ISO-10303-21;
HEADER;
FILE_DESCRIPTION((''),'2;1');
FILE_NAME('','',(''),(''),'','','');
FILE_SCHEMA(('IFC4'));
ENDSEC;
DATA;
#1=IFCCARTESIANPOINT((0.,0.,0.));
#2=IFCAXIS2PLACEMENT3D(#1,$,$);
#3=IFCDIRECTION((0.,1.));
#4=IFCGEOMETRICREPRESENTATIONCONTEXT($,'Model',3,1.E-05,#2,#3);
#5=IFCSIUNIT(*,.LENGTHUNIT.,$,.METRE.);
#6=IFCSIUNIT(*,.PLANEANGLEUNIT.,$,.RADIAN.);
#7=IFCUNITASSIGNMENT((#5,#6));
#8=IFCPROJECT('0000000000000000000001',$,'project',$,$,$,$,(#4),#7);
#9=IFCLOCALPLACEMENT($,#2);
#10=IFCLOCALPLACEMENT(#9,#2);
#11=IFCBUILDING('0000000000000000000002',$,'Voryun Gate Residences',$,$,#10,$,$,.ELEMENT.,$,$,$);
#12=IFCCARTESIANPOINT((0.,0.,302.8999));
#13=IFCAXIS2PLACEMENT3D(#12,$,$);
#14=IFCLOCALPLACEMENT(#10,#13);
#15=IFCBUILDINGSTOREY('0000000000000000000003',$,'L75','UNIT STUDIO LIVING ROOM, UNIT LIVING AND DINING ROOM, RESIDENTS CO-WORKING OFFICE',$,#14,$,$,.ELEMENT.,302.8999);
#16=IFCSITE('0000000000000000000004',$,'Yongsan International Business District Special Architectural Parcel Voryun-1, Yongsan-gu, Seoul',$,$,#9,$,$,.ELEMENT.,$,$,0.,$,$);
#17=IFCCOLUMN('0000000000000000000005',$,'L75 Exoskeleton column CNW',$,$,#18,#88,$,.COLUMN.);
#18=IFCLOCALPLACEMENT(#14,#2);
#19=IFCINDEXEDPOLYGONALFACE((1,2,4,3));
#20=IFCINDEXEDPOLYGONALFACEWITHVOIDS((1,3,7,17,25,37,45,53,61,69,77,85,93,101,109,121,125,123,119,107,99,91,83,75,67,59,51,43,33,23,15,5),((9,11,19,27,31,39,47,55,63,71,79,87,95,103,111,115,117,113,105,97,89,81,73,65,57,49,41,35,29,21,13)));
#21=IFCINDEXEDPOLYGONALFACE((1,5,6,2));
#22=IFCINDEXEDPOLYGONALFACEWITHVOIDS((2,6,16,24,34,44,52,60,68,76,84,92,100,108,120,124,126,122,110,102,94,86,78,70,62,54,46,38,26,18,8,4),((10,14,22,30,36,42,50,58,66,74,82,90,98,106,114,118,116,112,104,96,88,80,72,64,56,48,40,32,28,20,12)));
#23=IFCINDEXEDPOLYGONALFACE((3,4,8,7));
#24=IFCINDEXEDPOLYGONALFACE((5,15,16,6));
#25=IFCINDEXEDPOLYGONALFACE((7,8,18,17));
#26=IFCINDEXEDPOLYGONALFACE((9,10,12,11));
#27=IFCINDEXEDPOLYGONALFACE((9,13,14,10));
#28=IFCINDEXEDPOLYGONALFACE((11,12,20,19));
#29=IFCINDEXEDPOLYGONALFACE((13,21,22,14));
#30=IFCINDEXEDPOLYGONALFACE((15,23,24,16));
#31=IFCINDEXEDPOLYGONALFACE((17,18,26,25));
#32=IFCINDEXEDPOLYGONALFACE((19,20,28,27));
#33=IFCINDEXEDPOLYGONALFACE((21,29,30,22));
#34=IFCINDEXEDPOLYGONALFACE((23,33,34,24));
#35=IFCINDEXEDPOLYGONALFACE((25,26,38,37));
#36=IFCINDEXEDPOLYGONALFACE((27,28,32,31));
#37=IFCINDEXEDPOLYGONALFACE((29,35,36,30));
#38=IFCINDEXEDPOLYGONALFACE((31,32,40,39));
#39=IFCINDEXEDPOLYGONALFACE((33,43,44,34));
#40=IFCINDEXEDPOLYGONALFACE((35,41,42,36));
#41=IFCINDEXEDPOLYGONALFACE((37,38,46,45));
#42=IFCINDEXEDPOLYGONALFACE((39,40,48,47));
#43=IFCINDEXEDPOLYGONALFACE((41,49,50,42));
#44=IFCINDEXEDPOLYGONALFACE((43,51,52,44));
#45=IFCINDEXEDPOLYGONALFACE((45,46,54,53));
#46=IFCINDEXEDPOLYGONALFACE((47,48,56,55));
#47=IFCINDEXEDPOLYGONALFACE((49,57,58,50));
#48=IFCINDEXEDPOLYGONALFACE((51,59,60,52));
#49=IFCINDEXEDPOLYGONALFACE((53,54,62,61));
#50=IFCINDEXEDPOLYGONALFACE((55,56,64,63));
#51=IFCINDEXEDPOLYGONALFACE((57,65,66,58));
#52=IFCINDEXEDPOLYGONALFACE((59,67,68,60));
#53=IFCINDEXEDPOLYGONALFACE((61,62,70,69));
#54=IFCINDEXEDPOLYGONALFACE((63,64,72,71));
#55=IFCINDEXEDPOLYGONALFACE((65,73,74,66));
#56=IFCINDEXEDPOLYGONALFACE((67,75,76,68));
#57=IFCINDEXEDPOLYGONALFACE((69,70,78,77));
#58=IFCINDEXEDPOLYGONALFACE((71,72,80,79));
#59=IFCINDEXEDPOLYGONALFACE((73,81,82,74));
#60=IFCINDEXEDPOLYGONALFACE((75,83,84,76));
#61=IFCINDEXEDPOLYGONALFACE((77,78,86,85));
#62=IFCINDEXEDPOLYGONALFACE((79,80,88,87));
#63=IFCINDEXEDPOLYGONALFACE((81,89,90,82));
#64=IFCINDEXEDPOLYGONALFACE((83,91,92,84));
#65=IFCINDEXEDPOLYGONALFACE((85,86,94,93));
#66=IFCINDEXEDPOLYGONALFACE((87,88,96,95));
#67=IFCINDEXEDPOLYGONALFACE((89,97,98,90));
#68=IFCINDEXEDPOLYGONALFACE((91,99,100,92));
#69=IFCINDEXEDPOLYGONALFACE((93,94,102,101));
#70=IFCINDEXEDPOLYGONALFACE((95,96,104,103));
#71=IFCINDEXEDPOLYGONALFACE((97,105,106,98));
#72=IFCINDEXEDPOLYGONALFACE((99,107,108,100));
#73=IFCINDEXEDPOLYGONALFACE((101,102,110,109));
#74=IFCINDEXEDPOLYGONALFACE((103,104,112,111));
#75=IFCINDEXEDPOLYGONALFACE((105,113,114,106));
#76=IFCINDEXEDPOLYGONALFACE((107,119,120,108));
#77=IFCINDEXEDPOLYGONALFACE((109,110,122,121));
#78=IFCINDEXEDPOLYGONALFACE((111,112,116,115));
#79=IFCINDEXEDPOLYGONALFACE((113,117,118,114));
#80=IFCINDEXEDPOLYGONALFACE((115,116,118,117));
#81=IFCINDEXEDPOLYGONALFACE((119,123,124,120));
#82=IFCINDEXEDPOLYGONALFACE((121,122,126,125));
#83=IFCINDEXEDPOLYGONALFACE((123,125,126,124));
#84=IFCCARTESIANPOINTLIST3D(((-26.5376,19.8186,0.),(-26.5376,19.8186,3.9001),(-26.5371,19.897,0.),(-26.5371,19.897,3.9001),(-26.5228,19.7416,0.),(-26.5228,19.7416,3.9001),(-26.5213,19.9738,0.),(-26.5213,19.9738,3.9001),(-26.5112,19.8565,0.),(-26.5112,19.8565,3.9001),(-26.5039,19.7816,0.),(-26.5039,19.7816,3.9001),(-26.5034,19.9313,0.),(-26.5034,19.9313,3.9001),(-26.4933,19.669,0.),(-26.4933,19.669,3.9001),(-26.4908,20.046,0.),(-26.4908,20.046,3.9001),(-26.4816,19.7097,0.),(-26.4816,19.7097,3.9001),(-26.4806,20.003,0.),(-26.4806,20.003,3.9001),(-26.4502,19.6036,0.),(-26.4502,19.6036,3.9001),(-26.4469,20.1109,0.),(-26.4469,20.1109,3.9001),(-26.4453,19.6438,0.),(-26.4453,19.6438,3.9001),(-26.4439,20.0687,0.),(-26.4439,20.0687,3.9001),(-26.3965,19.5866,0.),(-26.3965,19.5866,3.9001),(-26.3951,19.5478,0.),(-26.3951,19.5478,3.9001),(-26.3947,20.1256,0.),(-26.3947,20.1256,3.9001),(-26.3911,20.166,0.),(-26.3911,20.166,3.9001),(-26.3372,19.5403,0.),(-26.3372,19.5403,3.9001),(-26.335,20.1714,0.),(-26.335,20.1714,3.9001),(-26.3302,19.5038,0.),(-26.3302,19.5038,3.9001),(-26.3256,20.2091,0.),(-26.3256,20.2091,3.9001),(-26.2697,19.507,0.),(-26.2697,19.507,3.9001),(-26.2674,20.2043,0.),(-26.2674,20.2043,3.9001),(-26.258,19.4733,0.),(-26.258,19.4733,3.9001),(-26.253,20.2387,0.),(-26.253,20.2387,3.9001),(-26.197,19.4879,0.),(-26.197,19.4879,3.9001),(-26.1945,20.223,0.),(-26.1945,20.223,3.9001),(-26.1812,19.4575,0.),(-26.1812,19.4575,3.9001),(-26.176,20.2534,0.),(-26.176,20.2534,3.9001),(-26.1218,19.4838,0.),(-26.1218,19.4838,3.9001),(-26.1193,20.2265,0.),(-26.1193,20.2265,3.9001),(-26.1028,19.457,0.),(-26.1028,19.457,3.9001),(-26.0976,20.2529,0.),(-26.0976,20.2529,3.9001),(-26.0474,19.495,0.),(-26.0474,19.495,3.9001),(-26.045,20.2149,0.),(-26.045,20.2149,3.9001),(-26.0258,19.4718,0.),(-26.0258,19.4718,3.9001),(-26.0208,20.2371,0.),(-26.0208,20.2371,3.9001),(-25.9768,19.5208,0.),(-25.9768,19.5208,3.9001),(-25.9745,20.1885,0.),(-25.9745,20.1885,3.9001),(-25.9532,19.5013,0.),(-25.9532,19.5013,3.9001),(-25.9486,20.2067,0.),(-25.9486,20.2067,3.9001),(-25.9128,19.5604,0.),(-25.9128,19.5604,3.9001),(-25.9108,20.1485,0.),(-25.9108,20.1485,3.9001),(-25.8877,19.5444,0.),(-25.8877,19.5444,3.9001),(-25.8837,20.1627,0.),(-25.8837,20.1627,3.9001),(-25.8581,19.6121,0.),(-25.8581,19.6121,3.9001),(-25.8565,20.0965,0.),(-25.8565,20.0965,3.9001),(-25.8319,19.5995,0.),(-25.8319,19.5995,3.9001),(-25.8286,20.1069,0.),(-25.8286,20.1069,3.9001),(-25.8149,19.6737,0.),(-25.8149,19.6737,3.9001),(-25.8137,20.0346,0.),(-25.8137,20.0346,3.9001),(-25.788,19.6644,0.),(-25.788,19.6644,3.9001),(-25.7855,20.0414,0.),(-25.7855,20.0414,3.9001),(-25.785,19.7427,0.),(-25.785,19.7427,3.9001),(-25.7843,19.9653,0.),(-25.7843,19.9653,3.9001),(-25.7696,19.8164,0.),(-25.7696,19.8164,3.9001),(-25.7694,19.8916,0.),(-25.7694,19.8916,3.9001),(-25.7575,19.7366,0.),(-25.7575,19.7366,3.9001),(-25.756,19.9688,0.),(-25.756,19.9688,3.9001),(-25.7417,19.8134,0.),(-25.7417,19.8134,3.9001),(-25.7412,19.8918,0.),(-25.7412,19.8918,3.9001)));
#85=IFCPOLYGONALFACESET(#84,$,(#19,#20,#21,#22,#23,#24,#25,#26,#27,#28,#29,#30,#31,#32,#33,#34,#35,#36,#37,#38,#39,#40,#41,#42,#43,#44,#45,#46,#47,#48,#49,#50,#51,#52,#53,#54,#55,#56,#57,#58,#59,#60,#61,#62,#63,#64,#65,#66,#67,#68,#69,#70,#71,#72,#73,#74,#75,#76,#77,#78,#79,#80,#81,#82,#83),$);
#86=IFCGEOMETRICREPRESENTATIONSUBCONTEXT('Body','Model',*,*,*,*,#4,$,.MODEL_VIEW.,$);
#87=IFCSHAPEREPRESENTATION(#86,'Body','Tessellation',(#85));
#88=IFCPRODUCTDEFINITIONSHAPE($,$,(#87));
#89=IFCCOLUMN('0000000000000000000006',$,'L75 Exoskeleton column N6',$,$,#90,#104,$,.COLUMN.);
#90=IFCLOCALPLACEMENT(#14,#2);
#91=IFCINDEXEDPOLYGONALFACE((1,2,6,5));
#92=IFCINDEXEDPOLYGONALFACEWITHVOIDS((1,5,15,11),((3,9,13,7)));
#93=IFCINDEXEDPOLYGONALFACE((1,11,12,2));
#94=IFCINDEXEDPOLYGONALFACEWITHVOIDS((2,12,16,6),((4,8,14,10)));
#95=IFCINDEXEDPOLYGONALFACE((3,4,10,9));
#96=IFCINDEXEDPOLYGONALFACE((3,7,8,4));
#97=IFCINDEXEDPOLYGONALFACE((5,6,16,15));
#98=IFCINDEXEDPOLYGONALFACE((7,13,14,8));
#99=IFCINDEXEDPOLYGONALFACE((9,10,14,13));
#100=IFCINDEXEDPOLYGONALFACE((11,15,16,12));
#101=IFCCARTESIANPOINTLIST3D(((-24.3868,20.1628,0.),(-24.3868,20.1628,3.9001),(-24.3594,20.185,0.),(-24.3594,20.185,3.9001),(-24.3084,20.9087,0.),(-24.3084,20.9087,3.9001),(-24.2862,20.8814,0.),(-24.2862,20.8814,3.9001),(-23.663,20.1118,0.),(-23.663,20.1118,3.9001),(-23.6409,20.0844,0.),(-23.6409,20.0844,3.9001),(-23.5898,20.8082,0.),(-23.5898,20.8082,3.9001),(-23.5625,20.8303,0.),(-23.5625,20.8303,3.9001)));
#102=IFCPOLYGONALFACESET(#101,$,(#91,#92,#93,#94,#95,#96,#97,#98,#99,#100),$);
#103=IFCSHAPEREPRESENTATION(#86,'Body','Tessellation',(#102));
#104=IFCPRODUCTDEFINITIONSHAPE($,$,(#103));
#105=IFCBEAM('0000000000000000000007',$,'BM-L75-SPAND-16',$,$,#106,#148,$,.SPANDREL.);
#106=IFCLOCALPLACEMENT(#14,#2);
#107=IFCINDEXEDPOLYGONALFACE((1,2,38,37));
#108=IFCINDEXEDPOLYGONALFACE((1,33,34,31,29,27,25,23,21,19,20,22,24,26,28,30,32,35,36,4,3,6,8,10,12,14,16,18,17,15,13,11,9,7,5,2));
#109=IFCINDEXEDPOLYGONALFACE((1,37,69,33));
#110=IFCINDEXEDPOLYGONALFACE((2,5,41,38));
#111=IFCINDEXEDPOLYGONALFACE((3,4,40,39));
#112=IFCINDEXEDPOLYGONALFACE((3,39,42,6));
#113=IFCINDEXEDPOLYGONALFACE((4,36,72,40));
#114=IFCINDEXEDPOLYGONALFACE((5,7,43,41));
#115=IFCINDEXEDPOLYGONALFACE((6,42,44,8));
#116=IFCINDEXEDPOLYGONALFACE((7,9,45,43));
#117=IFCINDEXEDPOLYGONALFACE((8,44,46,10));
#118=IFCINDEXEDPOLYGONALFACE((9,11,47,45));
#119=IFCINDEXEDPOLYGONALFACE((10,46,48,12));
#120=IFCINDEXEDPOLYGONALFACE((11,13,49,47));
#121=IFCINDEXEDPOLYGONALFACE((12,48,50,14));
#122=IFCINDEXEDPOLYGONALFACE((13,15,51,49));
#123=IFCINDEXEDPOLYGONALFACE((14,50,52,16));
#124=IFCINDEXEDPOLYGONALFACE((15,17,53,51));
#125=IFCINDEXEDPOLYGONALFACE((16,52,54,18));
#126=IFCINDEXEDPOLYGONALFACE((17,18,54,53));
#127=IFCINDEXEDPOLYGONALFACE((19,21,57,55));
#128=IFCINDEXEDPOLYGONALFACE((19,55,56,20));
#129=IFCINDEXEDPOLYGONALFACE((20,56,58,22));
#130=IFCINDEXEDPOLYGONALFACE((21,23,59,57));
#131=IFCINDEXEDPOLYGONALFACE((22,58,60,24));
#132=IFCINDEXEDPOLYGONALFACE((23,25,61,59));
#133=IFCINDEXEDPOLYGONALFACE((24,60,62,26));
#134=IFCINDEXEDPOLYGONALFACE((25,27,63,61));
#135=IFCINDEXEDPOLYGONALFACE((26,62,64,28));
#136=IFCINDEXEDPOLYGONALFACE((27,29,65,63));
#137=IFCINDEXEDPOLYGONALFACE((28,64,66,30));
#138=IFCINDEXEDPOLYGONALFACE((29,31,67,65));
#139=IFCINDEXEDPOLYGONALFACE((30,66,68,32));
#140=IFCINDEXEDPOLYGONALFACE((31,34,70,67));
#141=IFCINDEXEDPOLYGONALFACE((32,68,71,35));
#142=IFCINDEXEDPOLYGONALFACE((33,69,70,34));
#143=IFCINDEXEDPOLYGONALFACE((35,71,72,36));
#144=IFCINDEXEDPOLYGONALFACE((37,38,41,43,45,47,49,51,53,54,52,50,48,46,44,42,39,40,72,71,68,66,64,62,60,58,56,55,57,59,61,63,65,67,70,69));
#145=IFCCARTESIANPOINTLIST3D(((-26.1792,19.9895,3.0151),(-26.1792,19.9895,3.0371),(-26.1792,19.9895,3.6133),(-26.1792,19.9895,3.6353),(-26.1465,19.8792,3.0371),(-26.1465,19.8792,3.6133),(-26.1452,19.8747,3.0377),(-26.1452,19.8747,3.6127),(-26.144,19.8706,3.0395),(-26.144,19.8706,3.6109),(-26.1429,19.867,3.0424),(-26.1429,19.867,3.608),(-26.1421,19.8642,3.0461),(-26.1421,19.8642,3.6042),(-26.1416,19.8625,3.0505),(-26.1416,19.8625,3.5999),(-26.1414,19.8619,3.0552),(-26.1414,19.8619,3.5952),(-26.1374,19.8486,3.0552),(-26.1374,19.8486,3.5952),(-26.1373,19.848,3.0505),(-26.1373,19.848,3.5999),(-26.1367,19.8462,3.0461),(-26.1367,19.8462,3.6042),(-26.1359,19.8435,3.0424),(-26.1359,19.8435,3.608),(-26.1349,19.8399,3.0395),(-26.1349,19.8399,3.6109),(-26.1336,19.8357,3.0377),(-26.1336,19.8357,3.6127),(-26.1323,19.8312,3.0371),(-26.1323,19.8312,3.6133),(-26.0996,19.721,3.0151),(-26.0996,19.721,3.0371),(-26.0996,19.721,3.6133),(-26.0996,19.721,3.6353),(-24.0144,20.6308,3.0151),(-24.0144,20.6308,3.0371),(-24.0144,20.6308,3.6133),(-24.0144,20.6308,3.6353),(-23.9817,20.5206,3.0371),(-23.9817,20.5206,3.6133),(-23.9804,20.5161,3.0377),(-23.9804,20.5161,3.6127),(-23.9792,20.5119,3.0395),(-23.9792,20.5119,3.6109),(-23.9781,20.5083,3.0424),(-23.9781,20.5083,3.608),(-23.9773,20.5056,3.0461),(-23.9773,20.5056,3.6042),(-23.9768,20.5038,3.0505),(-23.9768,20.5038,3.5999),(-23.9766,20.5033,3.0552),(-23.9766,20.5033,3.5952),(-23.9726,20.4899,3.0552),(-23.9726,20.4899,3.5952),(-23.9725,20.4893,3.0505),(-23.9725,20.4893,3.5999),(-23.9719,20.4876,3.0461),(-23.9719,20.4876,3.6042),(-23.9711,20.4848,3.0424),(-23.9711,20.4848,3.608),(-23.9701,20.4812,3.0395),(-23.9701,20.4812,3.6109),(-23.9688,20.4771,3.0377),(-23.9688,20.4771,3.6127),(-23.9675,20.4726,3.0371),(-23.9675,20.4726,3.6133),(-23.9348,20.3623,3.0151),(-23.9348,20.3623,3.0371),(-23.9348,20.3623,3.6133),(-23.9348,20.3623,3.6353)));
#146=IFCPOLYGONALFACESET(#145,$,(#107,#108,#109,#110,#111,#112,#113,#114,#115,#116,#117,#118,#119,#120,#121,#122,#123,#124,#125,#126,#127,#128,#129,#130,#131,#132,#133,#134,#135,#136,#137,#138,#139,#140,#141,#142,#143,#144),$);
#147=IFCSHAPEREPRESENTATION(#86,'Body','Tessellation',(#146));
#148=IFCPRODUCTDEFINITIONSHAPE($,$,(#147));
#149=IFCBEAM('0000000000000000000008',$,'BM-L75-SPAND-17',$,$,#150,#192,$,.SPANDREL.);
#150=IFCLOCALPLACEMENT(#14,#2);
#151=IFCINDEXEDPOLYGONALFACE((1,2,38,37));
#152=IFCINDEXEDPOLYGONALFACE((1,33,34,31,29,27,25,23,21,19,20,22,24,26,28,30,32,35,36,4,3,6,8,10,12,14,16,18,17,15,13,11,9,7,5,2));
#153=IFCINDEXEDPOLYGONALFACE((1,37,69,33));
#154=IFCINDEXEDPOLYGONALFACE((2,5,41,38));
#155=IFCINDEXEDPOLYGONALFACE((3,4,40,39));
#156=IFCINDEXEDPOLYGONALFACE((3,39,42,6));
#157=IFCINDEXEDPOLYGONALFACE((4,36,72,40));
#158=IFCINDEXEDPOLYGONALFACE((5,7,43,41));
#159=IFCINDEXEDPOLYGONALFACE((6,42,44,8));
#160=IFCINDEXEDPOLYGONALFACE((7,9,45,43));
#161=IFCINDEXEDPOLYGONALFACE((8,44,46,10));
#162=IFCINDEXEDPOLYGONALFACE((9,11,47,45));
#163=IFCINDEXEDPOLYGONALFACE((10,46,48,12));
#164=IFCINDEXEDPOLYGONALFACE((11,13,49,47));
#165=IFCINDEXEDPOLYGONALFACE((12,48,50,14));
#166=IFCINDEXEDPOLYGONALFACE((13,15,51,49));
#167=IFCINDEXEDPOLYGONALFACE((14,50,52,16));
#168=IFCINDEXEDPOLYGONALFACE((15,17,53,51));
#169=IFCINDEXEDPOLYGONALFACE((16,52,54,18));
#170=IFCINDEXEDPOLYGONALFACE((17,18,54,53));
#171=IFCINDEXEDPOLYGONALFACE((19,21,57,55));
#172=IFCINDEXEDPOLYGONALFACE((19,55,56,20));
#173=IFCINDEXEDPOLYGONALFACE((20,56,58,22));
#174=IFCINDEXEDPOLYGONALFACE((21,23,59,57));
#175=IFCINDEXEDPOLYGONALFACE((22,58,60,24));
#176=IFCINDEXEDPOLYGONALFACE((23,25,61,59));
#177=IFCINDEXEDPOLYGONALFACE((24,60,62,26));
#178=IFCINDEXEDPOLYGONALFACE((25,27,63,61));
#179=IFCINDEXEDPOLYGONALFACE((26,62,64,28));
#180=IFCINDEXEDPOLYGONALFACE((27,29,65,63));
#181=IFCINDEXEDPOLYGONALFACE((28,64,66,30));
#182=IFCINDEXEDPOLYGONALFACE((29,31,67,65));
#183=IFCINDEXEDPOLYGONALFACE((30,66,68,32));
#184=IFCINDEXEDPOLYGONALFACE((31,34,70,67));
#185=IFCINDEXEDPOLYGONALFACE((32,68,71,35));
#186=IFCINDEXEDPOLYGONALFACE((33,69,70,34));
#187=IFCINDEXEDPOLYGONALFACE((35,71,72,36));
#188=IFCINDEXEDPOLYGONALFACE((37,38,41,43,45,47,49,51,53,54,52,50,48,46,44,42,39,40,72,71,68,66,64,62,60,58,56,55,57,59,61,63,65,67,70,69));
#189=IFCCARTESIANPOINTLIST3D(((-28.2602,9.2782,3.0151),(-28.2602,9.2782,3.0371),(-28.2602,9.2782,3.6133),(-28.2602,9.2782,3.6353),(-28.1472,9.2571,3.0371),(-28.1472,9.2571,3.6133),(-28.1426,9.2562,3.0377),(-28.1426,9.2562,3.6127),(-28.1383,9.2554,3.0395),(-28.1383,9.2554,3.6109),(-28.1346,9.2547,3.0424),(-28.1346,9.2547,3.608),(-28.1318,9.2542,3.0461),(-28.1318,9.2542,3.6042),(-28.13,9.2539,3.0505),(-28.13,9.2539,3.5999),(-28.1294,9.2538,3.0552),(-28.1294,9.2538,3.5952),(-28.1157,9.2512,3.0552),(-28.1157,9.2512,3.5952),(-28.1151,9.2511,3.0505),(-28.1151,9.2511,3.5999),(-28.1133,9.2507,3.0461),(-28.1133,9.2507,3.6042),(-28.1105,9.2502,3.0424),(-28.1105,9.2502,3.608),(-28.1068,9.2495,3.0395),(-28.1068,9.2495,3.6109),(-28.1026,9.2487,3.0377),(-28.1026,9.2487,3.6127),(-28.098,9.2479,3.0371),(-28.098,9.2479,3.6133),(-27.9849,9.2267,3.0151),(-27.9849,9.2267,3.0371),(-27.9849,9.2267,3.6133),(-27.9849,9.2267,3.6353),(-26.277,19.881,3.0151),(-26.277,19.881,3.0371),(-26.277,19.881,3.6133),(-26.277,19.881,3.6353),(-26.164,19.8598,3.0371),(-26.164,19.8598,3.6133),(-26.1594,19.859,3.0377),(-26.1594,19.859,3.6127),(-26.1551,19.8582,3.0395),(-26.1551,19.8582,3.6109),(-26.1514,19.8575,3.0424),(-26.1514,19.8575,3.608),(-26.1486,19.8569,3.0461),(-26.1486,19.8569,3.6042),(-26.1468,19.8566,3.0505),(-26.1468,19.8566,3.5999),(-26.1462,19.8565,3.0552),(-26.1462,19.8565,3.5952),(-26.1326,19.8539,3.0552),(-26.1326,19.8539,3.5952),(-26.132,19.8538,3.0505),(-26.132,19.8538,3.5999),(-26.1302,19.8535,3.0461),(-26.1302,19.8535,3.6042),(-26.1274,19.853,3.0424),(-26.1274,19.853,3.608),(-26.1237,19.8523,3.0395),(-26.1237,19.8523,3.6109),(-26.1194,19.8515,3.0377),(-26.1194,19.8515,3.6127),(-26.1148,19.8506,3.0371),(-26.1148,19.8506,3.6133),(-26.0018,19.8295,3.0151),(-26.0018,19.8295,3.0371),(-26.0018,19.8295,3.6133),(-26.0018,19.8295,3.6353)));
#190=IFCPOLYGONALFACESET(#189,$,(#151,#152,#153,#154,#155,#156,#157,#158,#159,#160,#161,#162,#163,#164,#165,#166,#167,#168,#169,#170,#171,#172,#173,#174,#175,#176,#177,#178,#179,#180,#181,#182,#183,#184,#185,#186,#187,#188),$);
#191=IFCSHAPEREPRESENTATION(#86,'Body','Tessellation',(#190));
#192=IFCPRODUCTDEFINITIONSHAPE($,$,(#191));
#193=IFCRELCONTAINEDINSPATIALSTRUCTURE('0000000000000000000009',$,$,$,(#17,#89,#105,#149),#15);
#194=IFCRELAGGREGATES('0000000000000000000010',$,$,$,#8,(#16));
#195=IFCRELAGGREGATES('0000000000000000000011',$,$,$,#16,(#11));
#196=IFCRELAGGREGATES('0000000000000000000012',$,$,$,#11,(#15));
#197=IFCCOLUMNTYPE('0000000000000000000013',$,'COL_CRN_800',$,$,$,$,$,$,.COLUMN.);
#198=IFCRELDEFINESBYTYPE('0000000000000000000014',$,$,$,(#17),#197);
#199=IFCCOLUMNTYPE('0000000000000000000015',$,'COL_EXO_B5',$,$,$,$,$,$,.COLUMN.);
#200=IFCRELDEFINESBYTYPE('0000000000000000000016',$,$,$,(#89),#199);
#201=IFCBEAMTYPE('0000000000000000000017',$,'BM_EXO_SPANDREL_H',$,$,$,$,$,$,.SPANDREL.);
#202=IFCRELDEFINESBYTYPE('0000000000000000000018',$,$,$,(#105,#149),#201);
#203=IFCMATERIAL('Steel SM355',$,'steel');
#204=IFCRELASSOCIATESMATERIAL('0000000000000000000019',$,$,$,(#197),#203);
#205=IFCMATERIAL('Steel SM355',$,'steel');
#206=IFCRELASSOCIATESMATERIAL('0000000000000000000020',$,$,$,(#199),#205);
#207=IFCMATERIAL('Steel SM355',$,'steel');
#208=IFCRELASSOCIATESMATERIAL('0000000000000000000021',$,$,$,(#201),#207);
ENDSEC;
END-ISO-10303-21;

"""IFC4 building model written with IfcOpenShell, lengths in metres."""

from ifc_helpers import new_model, si_unit, direction, frame, origin, origin_2d, place, context, subcontext, project, spatial, hollow_rectangle, hollow_circle, i_section, extrude, material, material_profile, profile_set, type_object, element, save


model = new_model("IFC4")

# Units and contexts
model_context = context("Model", 3, precision=1e-05, world=origin(), true_north=direction((0.0, 1.0)))
body_context = subcontext(model_context, "Body", "Model", "MODEL_VIEW")
ifc_project = project(units=[si_unit("LENGTHUNIT", "METRE"), si_unit("PLANEANGLEUNIT", "RADIAN")], contexts=[model_context])

# Site, building, storey
site_placement = place(None, origin())
site = spatial("IfcSite", under=ifc_project, at=site_placement, Name="Yongsan International Business District Special Architectural Parcel Voryun-1, Yongsan-gu, Seoul", CompositionType="ELEMENT", RefElevation=0.0)
building_placement = place(site_placement, origin())
building = spatial("IfcBuilding", under=site, at=building_placement, Name="Voryun Gate Residences", CompositionType="ELEMENT")
storey_placement = place(building_placement, frame((0.0, 0.0, 302.8999)))
storey = spatial("IfcBuildingStorey", under=building, at=storey_placement, Name="L75", Description="UNIT STUDIO LIVING ROOM, UNIT LIVING AND DINING ROOM, RESIDENTS CO-WORKING OFFICE", CompositionType="ELEMENT", Elevation=302.8999)

# Columns
ifc_material_1 = material(Name="Steel SM355", Category="steel")
ifc_material_profile_1 = material_profile(ifc_material_1, hollow_circle(Radius=0.3999, WallThickness=0.0281, at=origin_2d()), Name="CHS-800x28")
ifc_profile_set_1 = profile_set([ifc_material_profile_1], Name="Steel SM355")
column_type_1 = type_object("IfcColumnType", Name="COL_CRN_800", PredefinedType="COLUMN", material=ifc_profile_set_1)
column_1_placement = place(storey_placement, frame((-26.1394, 19.8552, 0.0), z_axis=(0.0, 0.0, 1.0), x_axis=(0.994522, -0.104528, 0.0)))
element("IfcColumn", 1, at=column_1_placement, inside=storey, type_object=column_type_1, Name="L75 Exoskeleton column CNW", PredefinedType="COLUMN", context=body_context, shape_type="SweptSolid", body=[
    extrude(hollow_circle(Radius=0.3999, WallThickness=0.0281, at=origin_2d()), origin(), (0.0, 0.0, 1.0), 3.9001),
])
ifc_material_2 = material(Name="Steel SM355", Category="steel")
ifc_material_profile_2 = material_profile(ifc_material_2, hollow_rectangle(XDim=0.75, YDim=0.75, WallThickness=0.0249, at=origin_2d()), Name="BOX-750x750x25")
ifc_profile_set_2 = profile_set([ifc_material_profile_2], Name="Steel SM355")
column_type_2 = type_object("IfcColumnType", Name="COL_EXO_B5", PredefinedType="COLUMN", material=ifc_profile_set_2)
column_2_placement = place(storey_placement, frame((-23.9746, 20.4966, 0.0), z_axis=(0.0, 0.0, 1.0), x_axis=(0.994522, -0.104528, 0.0)))
element("IfcColumn", 2, at=column_2_placement, inside=storey, type_object=column_type_2, Name="L75 Exoskeleton column N6", PredefinedType="COLUMN", context=body_context, shape_type="SweptSolid", body=[
    extrude(hollow_rectangle(XDim=0.75, YDim=0.75, WallThickness=0.0249, at=origin_2d()), origin(), (0.0, 0.0, 1.0), 3.9001),
])

# Beams
ifc_material_3 = material(Name="Steel SM355", Category="steel")
ifc_material_profile_3 = material_profile(ifc_material_3, i_section(OverallWidth=0.28, OverallDepth=0.6201, WebThickness=0.0139, FlangeThickness=0.022, FilletRadius=0.0181, at=origin_2d()), Name="H-620x280x14x22")
ifc_profile_set_3 = profile_set([ifc_material_profile_3], Name="Steel SM355")
beam_type = type_object("IfcBeamType", Name="BM_EXO_SPANDREL_H", PredefinedType="SPANDREL", material=ifc_profile_set_3)
beam_1_placement = place(storey_placement, frame((-23.9746, 20.4966, 3.3252), z_axis=(-0.958806, -0.284063, 0.0), x_axis=(0.284063, -0.958806, 0.0)))
element("IfcBeam", 3, at=beam_1_placement, inside=storey, type_object=beam_type, Name="BM-L75-SPAND-16", PredefinedType="SPANDREL", context=body_context, shape_type="SweptSolid", body=[
    extrude(i_section(OverallWidth=0.28, OverallDepth=0.6201, WebThickness=0.0139, FlangeThickness=0.022, FilletRadius=0.0181, at=origin_2d()), origin(), (0.0, 0.0, 1.0), 2.2578),
])
beam_2_placement = place(storey_placement, frame((-26.1394, 19.8552, 3.3252), z_axis=(-0.183853, -0.982954, 0.0), x_axis=(0.982954, -0.183853, 0.0)))
element("IfcBeam", 4, at=beam_2_placement, inside=storey, type_object=beam_type, Name="BM-L75-SPAND-17", PredefinedType="SPANDREL", context=body_context, shape_type="SweptSolid", body=[
    extrude(i_section(OverallWidth=0.28, OverallDepth=0.6201, WebThickness=0.0139, FlangeThickness=0.022, FilletRadius=0.0181, at=origin_2d()), origin(), (0.0, 0.0, 1.0), 10.7866),
])

save(model, "model.ifc")
